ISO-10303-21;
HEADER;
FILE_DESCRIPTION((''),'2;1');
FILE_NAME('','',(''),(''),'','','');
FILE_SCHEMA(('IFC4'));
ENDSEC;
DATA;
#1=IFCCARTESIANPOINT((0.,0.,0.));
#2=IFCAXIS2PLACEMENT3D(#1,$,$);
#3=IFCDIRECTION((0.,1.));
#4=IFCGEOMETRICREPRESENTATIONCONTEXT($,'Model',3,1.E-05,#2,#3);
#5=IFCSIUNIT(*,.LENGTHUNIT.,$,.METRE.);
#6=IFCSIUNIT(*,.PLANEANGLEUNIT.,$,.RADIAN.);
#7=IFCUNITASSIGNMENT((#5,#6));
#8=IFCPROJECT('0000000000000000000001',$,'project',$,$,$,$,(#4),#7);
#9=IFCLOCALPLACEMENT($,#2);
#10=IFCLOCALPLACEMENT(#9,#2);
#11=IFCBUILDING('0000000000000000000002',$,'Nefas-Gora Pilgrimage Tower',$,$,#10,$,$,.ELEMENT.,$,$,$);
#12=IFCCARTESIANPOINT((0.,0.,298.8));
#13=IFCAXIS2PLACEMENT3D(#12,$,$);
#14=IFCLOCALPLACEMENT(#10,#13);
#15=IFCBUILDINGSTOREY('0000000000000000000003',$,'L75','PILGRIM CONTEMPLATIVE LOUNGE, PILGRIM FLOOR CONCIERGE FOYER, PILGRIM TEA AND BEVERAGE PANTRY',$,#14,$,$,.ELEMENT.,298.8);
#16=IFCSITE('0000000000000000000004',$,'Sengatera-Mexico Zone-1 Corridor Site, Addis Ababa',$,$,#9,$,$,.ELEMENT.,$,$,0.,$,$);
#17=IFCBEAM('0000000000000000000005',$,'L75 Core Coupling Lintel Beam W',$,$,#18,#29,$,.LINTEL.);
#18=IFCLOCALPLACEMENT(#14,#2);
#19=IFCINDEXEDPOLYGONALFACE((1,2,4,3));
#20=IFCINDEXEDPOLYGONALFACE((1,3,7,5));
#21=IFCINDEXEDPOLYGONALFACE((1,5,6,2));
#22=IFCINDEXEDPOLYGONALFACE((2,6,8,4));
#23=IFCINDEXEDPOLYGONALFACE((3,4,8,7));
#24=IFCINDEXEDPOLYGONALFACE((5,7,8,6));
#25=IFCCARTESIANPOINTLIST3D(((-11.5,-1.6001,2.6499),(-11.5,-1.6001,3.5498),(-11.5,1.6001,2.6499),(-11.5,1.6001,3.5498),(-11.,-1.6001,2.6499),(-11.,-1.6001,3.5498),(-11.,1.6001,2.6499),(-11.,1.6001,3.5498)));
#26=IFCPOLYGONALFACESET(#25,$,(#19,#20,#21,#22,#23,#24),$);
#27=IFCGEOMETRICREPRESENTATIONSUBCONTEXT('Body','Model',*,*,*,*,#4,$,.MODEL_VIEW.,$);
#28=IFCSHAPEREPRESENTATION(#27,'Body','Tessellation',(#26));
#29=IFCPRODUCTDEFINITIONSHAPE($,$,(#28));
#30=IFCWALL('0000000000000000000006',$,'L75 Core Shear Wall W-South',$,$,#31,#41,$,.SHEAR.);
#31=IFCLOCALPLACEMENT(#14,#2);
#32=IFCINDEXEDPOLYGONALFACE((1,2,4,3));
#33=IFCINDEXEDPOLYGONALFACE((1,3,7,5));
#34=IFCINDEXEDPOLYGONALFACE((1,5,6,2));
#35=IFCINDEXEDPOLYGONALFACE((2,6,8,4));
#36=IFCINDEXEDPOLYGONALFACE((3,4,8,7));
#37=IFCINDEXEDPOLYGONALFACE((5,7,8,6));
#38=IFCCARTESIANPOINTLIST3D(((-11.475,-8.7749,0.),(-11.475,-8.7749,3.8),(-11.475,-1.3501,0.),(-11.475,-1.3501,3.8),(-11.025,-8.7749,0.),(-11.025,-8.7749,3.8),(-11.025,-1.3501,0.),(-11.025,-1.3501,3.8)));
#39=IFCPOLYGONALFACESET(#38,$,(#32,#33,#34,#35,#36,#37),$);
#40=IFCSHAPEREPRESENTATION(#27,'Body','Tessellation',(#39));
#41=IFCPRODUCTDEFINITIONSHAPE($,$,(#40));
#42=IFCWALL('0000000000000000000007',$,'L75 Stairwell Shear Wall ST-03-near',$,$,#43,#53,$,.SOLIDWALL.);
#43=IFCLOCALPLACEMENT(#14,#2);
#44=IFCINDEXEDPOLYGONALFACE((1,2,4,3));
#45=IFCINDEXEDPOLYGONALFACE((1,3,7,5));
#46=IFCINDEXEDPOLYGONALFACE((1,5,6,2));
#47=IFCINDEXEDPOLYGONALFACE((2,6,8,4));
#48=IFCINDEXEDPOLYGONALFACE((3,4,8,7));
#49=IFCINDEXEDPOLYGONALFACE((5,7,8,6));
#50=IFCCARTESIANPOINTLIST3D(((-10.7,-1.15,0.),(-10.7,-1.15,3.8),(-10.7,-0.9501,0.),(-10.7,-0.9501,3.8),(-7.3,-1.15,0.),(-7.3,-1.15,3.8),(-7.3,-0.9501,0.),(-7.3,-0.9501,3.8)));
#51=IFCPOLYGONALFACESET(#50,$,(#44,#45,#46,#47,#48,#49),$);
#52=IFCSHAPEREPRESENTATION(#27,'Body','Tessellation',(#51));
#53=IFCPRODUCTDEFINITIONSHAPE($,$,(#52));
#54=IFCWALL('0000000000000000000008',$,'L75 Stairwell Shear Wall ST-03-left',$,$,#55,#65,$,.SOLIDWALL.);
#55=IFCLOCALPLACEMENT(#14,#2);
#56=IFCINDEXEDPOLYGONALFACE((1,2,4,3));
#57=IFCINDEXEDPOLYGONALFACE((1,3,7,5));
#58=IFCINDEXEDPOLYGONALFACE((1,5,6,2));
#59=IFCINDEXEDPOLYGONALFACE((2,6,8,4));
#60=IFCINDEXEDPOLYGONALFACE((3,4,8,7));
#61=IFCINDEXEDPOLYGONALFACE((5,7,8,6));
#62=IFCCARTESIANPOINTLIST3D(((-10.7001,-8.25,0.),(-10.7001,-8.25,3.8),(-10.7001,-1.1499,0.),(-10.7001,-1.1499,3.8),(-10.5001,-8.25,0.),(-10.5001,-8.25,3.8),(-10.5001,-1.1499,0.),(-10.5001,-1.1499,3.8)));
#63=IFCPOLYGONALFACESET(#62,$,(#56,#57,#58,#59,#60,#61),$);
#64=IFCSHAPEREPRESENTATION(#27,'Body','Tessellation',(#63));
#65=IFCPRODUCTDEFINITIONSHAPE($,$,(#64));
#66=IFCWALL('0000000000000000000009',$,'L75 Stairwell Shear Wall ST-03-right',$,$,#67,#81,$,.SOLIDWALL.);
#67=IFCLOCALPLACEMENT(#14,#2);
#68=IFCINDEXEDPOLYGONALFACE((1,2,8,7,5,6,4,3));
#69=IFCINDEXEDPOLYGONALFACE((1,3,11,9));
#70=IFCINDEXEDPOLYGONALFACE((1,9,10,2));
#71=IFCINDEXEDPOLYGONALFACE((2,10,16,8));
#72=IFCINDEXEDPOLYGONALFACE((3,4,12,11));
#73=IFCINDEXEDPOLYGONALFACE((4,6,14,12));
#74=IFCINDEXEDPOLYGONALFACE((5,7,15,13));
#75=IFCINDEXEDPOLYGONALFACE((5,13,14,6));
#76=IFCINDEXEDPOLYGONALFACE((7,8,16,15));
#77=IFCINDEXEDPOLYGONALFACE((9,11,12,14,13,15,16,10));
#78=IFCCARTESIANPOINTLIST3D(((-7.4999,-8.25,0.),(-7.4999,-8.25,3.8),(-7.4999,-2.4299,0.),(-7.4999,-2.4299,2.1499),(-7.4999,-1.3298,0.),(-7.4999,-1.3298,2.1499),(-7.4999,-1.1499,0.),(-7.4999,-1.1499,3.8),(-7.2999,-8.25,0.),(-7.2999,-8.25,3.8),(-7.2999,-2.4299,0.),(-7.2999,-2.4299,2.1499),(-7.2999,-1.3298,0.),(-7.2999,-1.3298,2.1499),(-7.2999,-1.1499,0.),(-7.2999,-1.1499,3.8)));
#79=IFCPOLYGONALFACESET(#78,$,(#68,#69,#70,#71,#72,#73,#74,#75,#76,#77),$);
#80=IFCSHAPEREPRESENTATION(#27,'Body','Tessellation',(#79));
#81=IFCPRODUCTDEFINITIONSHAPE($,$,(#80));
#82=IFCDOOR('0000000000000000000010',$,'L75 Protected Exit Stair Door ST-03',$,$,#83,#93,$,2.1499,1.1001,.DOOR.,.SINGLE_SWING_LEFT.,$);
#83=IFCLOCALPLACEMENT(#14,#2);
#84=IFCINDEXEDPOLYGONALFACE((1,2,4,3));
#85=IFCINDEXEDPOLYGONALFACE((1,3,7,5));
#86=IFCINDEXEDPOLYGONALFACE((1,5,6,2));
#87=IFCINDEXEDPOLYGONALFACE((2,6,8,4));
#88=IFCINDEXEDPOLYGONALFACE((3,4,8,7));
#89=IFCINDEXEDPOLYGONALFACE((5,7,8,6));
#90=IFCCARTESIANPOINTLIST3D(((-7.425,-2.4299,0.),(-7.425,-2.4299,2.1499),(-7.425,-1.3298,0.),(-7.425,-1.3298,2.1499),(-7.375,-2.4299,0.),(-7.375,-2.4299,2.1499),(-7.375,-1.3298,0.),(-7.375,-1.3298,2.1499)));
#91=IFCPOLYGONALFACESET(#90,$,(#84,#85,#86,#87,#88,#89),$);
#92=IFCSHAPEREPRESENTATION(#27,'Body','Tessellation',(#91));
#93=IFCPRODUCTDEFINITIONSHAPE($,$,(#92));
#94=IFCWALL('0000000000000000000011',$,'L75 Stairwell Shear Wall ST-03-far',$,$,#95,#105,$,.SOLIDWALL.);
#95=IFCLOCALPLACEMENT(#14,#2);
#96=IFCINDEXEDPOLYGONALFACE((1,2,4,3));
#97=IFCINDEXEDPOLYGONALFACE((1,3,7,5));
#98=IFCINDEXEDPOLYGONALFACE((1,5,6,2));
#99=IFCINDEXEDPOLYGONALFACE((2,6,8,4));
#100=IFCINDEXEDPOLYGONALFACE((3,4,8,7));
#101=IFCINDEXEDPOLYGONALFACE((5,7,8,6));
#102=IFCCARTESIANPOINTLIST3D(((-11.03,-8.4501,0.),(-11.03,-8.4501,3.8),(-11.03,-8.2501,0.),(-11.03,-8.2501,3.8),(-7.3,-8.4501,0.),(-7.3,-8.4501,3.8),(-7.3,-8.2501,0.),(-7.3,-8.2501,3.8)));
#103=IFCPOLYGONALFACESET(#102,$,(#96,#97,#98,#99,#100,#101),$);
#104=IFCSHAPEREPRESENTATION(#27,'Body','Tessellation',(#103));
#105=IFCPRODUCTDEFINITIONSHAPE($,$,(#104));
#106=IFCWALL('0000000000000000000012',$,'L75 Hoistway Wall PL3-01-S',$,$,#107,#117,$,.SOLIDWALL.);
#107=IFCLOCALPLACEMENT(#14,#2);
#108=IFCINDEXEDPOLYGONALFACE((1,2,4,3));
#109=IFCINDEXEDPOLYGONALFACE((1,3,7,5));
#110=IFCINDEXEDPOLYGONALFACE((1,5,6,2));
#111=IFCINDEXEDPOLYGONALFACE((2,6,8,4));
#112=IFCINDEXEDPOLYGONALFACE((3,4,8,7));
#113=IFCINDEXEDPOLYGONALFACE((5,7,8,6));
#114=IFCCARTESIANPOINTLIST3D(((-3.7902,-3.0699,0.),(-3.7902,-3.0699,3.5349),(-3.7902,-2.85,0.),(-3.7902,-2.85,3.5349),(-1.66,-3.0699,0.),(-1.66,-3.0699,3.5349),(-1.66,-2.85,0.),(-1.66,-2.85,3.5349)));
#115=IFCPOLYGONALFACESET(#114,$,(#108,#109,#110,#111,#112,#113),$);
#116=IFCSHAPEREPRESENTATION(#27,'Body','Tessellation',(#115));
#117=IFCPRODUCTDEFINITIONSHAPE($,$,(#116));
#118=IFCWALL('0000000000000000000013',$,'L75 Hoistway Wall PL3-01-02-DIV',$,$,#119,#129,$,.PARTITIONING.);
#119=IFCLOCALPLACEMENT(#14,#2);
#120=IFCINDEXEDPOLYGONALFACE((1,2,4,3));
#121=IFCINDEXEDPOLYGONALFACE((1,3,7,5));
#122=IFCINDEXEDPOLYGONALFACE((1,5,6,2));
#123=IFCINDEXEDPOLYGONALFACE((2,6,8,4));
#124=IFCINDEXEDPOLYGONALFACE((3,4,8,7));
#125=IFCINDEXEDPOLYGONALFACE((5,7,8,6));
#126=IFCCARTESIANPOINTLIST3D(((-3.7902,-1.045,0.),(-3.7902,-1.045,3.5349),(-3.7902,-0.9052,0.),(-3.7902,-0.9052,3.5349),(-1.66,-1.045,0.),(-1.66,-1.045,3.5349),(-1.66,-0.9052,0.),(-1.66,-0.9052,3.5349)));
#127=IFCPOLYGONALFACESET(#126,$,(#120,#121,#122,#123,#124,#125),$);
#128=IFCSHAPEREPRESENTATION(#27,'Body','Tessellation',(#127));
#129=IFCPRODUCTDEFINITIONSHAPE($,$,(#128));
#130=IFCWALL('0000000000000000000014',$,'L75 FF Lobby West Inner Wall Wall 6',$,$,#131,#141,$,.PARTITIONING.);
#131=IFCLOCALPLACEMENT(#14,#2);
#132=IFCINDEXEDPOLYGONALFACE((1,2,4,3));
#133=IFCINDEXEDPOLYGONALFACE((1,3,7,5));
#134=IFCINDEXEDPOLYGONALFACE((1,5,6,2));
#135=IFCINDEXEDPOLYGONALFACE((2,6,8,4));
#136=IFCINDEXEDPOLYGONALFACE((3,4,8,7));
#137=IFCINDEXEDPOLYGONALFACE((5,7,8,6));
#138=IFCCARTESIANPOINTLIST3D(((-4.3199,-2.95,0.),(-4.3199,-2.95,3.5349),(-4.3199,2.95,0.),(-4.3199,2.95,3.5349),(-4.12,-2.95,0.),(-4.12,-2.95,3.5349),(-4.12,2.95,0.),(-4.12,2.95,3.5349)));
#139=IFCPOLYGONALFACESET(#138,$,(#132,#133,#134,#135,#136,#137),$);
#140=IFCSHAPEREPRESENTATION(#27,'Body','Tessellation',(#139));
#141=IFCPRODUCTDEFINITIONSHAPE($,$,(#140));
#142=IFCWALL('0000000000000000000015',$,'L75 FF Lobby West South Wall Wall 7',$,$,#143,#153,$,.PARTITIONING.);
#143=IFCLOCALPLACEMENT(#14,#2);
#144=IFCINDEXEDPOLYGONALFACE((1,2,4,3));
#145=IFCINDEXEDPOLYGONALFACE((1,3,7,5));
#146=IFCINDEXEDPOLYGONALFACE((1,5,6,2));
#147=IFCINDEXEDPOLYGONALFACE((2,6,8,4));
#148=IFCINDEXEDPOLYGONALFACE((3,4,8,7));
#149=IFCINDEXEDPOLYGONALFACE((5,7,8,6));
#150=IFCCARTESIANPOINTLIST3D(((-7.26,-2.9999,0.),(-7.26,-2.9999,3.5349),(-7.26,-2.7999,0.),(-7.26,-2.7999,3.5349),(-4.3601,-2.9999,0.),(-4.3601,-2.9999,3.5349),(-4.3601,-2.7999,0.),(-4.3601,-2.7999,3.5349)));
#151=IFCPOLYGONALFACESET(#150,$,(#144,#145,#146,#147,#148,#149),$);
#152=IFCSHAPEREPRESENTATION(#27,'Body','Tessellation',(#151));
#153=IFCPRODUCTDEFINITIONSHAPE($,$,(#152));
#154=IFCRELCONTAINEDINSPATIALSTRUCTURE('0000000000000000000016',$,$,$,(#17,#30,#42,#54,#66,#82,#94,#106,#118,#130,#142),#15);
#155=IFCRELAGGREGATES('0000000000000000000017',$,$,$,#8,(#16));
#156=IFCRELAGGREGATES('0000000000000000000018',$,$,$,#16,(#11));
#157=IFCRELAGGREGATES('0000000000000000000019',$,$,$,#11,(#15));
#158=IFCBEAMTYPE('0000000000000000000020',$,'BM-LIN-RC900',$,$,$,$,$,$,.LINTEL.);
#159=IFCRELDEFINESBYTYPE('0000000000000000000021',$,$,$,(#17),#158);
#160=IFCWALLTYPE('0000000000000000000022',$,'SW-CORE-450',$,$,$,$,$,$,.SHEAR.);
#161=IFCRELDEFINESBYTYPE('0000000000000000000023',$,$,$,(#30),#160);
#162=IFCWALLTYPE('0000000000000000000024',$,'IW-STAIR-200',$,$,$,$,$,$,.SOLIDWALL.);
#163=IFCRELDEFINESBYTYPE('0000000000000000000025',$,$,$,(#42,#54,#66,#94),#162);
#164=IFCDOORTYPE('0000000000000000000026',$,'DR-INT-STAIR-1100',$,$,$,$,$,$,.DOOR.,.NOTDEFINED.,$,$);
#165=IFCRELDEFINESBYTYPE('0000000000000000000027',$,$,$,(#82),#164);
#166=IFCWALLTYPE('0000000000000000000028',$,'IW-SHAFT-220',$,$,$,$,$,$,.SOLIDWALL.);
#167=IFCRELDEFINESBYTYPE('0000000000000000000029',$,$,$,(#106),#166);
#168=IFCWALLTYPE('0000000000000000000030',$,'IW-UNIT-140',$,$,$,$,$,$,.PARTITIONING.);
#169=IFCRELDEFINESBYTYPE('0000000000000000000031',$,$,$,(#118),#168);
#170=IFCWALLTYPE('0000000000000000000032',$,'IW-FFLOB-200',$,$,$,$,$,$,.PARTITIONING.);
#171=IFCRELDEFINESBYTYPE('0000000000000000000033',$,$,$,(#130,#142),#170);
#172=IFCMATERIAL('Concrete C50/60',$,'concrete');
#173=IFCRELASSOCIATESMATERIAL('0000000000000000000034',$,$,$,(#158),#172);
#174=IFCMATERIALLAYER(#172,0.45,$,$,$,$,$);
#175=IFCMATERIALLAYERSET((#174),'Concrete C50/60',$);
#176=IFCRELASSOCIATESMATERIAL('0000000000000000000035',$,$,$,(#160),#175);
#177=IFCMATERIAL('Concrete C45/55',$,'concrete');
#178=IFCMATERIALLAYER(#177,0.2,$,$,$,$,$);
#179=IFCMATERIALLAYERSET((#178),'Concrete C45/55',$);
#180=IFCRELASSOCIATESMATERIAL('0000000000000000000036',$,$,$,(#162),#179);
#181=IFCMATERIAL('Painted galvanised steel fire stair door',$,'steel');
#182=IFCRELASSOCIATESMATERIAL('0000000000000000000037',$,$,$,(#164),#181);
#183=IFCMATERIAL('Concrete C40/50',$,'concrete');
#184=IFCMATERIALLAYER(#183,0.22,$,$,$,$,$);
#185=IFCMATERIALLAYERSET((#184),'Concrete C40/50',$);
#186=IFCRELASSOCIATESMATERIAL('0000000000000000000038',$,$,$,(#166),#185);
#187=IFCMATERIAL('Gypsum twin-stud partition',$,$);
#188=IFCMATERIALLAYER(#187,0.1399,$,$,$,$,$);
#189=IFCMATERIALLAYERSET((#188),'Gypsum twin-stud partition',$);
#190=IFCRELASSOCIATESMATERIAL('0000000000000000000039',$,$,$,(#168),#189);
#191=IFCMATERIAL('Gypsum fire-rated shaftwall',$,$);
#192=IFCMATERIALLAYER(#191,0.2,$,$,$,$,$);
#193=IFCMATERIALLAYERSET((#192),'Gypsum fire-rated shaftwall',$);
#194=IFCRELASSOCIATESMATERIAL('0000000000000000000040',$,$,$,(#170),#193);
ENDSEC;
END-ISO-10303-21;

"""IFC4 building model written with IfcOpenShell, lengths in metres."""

from ifc_helpers import new_model, si_unit, direction, frame, frame_2d, origin, origin_2d, place, context, subcontext, project, spatial, rectangle, extrude, source, transform, mapped, material, layer, layer_set, material_profile, profile_set, type_object, element, fill, save


model = new_model("IFC4")

# Units and contexts
model_context = context("Model", 3, precision=1e-05, world=origin(), true_north=direction((0.0, 1.0)))
body_context = subcontext(model_context, "Body", "Model", "MODEL_VIEW")
ifc_project = project(units=[si_unit("LENGTHUNIT", "METRE"), si_unit("PLANEANGLEUNIT", "RADIAN")], contexts=[model_context])

# Site, building, storey
site_placement = place(None, origin())
site = spatial("IfcSite", under=ifc_project, at=site_placement, Name="Sengatera-Mexico Zone-1 Corridor Site, Addis Ababa", CompositionType="ELEMENT", RefElevation=0.0)
building_placement = place(site_placement, origin())
building = spatial("IfcBuilding", under=site, at=building_placement, Name="Nefas-Gora Pilgrimage Tower", CompositionType="ELEMENT")
storey_placement = place(building_placement, frame((0.0, 0.0, 298.8)))
storey = spatial("IfcBuildingStorey", under=building, at=storey_placement, Name="L75", Description="PILGRIM CONTEMPLATIVE LOUNGE, PILGRIM FLOOR CONCIERGE FOYER, PILGRIM TEA AND BEVERAGE PANTRY", CompositionType="ELEMENT", Elevation=298.8)

# Beam
ifc_material_1 = material(Name="Concrete C50/60", Category="concrete")
ifc_material_profile = material_profile(ifc_material_1, rectangle(XDim=0.5, YDim=0.8999, at=origin_2d()), Name="RC 500x900")
ifc_profile_set = profile_set([ifc_material_profile], Name="Concrete C50/60")
beam_type = type_object("IfcBeamType", Name="BM-LIN-RC900", PredefinedType="LINTEL", material=ifc_profile_set)
shared_shape_1 = source(origin(), body_context, "Body", "SweptSolid", [
    extrude(rectangle(XDim=0.5, YDim=0.8999, at=origin_2d()), origin(), (0.0, 0.0, 1.0), 3.2002),
])
beam_placement = place(storey_placement, frame((-11.25, -1.6001, 3.0999), z_axis=(0.0, 1.0, 0.0), x_axis=(-1.0, 0.0, 0.0)))
element("IfcBeam", 1, at=beam_placement, inside=storey, type_object=beam_type, Name="L75 Core Coupling Lintel Beam W", PredefinedType="LINTEL", context=body_context, shape_type="MappedRepresentation", body=[
    mapped(shared_shape_1, transform((0.0, 0.0, 0.0), x_axis=(1.0, 0.0, 0.0), y_axis=(0.0, 1.0, 0.0), z_axis=(0.0, 0.0, 1.0), scale=1.0)),
])

# Walls
ifc_layer_1 = layer(ifc_material_1, 0.45)
ifc_layer_set_1 = layer_set([ifc_layer_1], Name="Concrete C50/60")
wall_type_1 = type_object("IfcWallType", Name="SW-CORE-450", PredefinedType="SHEAR", material=ifc_layer_set_1)
shared_shape_2 = source(origin(), body_context, "Body", "SweptSolid", [
    extrude(rectangle(XDim=7.4248, YDim=0.45, at=frame_2d((3.7124, 0.0))), origin(), (0.0, 0.0, 1.0), 3.8),
])
wall_1_placement = place(storey_placement, frame((-11.25, -8.7749, 0.0), z_axis=(0.0, 0.0, 1.0), x_axis=(0.0, 1.0, 0.0)))
element("IfcWall", 2, at=wall_1_placement, inside=storey, type_object=wall_type_1, Name="L75 Core Shear Wall W-South", PredefinedType="SHEAR", context=body_context, shape_type="MappedRepresentation", body=[
    mapped(shared_shape_2, transform((0.0, 0.0, 0.0), x_axis=(1.0, 0.0, 0.0), y_axis=(0.0, 1.0, 0.0), z_axis=(0.0, 0.0, 1.0), scale=1.0)),
])
ifc_material_2 = material(Name="Concrete C45/55", Category="concrete")
ifc_layer_2 = layer(ifc_material_2, 0.2)
ifc_layer_set_2 = layer_set([ifc_layer_2], Name="Concrete C45/55")
wall_type_2 = type_object("IfcWallType", Name="IW-STAIR-200", PredefinedType="SOLIDWALL", material=ifc_layer_set_2)
shared_shape_3 = source(origin(), body_context, "Body", "SweptSolid", [
    extrude(rectangle(XDim=3.3999, YDim=0.2, at=frame_2d((1.7, 0.0))), origin(), (0.0, 0.0, 1.0), 3.8),
])
wall_2_placement = place(storey_placement, frame((-10.7, -1.05, 0.0), z_axis=(0.0, 0.0, 1.0), x_axis=(1.0, 0.0, 0.0)))
element("IfcWall", 3, at=wall_2_placement, inside=storey, type_object=wall_type_2, Name="L75 Stairwell Shear Wall ST-03-near", PredefinedType="SOLIDWALL", context=body_context, shape_type="MappedRepresentation", body=[
    mapped(shared_shape_3, transform((0.0, 0.0, 0.0), x_axis=(1.0, 0.0, 0.0), y_axis=(0.0, 1.0, 0.0), z_axis=(0.0, 0.0, 1.0), scale=1.0)),
])
shared_shape_4 = source(origin(), body_context, "Body", "SweptSolid", [
    extrude(rectangle(XDim=7.1001, YDim=0.2, at=frame_2d((3.55, 0.0))), origin(), (0.0, 0.0, 1.0), 3.8),
])
wall_3_placement = place(storey_placement, frame((-10.6001, -1.1499, 0.0), z_axis=(0.0, 0.0, 1.0), x_axis=(0.0, -1.0, 0.0)))
element("IfcWall", 4, at=wall_3_placement, inside=storey, type_object=wall_type_2, Name="L75 Stairwell Shear Wall ST-03-left", PredefinedType="SOLIDWALL", context=body_context, shape_type="MappedRepresentation", body=[
    mapped(shared_shape_4, transform((0.0, 0.0, 0.0), x_axis=(1.0, 0.0, 0.0), y_axis=(0.0, 1.0, 0.0), z_axis=(0.0, 0.0, 1.0), scale=1.0)),
])

# Wall, opening, door
wall_4_placement = place(storey_placement, frame((-7.3999, -1.1499, 0.0), z_axis=(0.0, 0.0, 1.0), x_axis=(0.0, -1.0, 0.0)))
wall_4 = element("IfcWall", 5, at=wall_4_placement, inside=storey, type_object=wall_type_2, Name="L75 Stairwell Shear Wall ST-03-right", PredefinedType="SOLIDWALL", context=body_context, shape_type="MappedRepresentation", body=[
    mapped(shared_shape_4, transform((0.0, 0.0, 0.0), x_axis=(1.0, 0.0, 0.0), y_axis=(0.0, 1.0, 0.0), z_axis=(0.0, 0.0, 1.0), scale=1.0)),
])
opening_placement = place(wall_4_placement, frame((0.1799, 0.0, 0.0)))
opening = element("IfcOpeningElement", 6, at=opening_placement, cuts=wall_4, PredefinedType="OPENING", context=body_context, shape_type="SweptSolid", body=[
    extrude(rectangle(XDim=1.1001, YDim=2.1499, at=frame_2d((0.55, 1.075))), frame((0.0, 0.1099, 0.0), z_axis=(0.0, -1.0, 0.0), x_axis=(1.0, 0.0, 0.0)), (0.0, 0.0, 1.0), 0.22),
])
ifc_material_3 = material(Name="Painted galvanised steel fire stair door", Category="steel")
door_type = type_object("IfcDoorType", Name="DR-INT-STAIR-1100", OperationType="NOTDEFINED", PredefinedType="DOOR", material=ifc_material_3)
shared_shape_5 = source(origin(), body_context, "Body", "SweptSolid", [
    extrude(rectangle(XDim=1.1001, YDim=2.1499, at=frame_2d((0.55, 1.075))), frame((0.0, 0.0249, 0.0), z_axis=(0.0, -1.0, 0.0), x_axis=(1.0, 0.0, 0.0)), (0.0, 0.0, 1.0), 0.05),
])
door_placement = place(opening_placement, origin())
door = element("IfcDoor", 7, at=door_placement, inside=storey, type_object=door_type, Name="L75 Protected Exit Stair Door ST-03", OperationType="SINGLE_SWING_LEFT", OverallHeight=2.1499, OverallWidth=1.1001, PredefinedType="DOOR", context=body_context, shape_type="MappedRepresentation", body=[
    mapped(shared_shape_5, transform((0.0, 0.0, 0.0), x_axis=(1.0, 0.0, 0.0), y_axis=(0.0, 1.0, 0.0), z_axis=(0.0, 0.0, 1.0), scale=1.0)),
])
fill(opening, door)

# Walls
shared_shape_6 = source(origin(), body_context, "Body", "SweptSolid", [
    extrude(rectangle(XDim=3.73, YDim=0.2, at=frame_2d((1.865, 0.0))), origin(), (0.0, 0.0, 1.0), 3.8),
])
wall_5_placement = place(storey_placement, frame((-11.03, -8.3501, 0.0), z_axis=(0.0, 0.0, 1.0), x_axis=(1.0, 0.0, 0.0)))
element("IfcWall", 8, at=wall_5_placement, inside=storey, type_object=wall_type_2, Name="L75 Stairwell Shear Wall ST-03-far", PredefinedType="SOLIDWALL", context=body_context, shape_type="MappedRepresentation", body=[
    mapped(shared_shape_6, transform((0.0, 0.0, 0.0), x_axis=(1.0, 0.0, 0.0), y_axis=(0.0, 1.0, 0.0), z_axis=(0.0, 0.0, 1.0), scale=1.0)),
])
ifc_material_4 = material(Name="Concrete C40/50", Category="concrete")
ifc_layer_3 = layer(ifc_material_4, 0.22)
ifc_layer_set_3 = layer_set([ifc_layer_3], Name="Concrete C40/50")
wall_type_3 = type_object("IfcWallType", Name="IW-SHAFT-220", PredefinedType="SOLIDWALL", material=ifc_layer_set_3)
shared_shape_7 = source(origin(), body_context, "Body", "SweptSolid", [
    extrude(rectangle(XDim=2.1301, YDim=0.22, at=frame_2d((1.0649, 0.0))), origin(), (0.0, 0.0, 1.0), 3.5349),
])
wall_6_placement = place(storey_placement, frame((-3.79, -2.96, 0.0), z_axis=(0.0, 0.0, 1.0), x_axis=(1.0, 0.0, 0.0)))
element("IfcWall", 9, at=wall_6_placement, inside=storey, type_object=wall_type_3, Name="L75 Hoistway Wall PL3-01-S", PredefinedType="SOLIDWALL", context=body_context, shape_type="MappedRepresentation", body=[
    mapped(shared_shape_7, transform((0.0, 0.0, 0.0), x_axis=(1.0, 0.0, 0.0), y_axis=(0.0, 1.0, 0.0), z_axis=(0.0, 0.0, 1.0), scale=1.0)),
])
ifc_material_5 = material(Name="Gypsum twin-stud partition")
ifc_layer_4 = layer(ifc_material_5, 0.1399)
ifc_layer_set_4 = layer_set([ifc_layer_4], Name="Gypsum twin-stud partition")
wall_type_4 = type_object("IfcWallType", Name="IW-UNIT-140", PredefinedType="PARTITIONING", material=ifc_layer_set_4)
shared_shape_8 = source(origin(), body_context, "Body", "SweptSolid", [
    extrude(rectangle(XDim=2.1301, YDim=0.1399, at=frame_2d((1.0649, 0.0))), origin(), (0.0, 0.0, 1.0), 3.5349),
])
wall_7_placement = place(storey_placement, frame((-3.79, -0.9751, 0.0), z_axis=(0.0, 0.0, 1.0), x_axis=(1.0, 0.0, 0.0)))
element("IfcWall", 10, at=wall_7_placement, inside=storey, type_object=wall_type_4, Name="L75 Hoistway Wall PL3-01-02-DIV", PredefinedType="PARTITIONING", context=body_context, shape_type="MappedRepresentation", body=[
    mapped(shared_shape_8, transform((0.0, 0.0, 0.0), x_axis=(1.0, 0.0, 0.0), y_axis=(0.0, 1.0, 0.0), z_axis=(0.0, 0.0, 1.0), scale=1.0)),
])
ifc_material_6 = material(Name="Gypsum fire-rated shaftwall")
ifc_layer_5 = layer(ifc_material_6, 0.2)
ifc_layer_set_5 = layer_set([ifc_layer_5], Name="Gypsum fire-rated shaftwall")
wall_type_5 = type_object("IfcWallType", Name="IW-FFLOB-200", PredefinedType="PARTITIONING", material=ifc_layer_set_5)
shared_shape_9 = source(origin(), body_context, "Body", "SweptSolid", [
    extrude(rectangle(XDim=5.8999, YDim=0.2, at=frame_2d((2.95, 0.0))), origin(), (0.0, 0.0, 1.0), 3.5349),
])
wall_8_placement = place(storey_placement, frame((-4.22, -2.95, 0.0), z_axis=(0.0, 0.0, 1.0), x_axis=(0.0, 1.0, 0.0)))
element("IfcWall", 11, at=wall_8_placement, inside=storey, type_object=wall_type_5, Name="L75 FF Lobby West Inner Wall Wall 6", PredefinedType="PARTITIONING", context=body_context, shape_type="MappedRepresentation", body=[
    mapped(shared_shape_9, transform((0.0, 0.0, 0.0), x_axis=(1.0, 0.0, 0.0), y_axis=(0.0, 1.0, 0.0), z_axis=(0.0, 0.0, 1.0), scale=1.0)),
])
shared_shape_10 = source(origin(), body_context, "Body", "SweptSolid", [
    extrude(rectangle(XDim=2.8999, YDim=0.2, at=frame_2d((1.45, 0.0))), origin(), (0.0, 0.0, 1.0), 3.5349),
])
wall_9_placement = place(storey_placement, frame((-7.26, -2.8999, 0.0), z_axis=(0.0, 0.0, 1.0), x_axis=(1.0, 0.0, 0.0)))
element("IfcWall", 12, at=wall_9_placement, inside=storey, type_object=wall_type_5, Name="L75 FF Lobby West South Wall Wall 7", PredefinedType="PARTITIONING", context=body_context, shape_type="MappedRepresentation", body=[
    mapped(shared_shape_10, transform((0.0, 0.0, 0.0), x_axis=(1.0, 0.0, 0.0), y_axis=(0.0, 1.0, 0.0), z_axis=(0.0, 0.0, 1.0), scale=1.0)),
])

save(model, "model.ifc")
